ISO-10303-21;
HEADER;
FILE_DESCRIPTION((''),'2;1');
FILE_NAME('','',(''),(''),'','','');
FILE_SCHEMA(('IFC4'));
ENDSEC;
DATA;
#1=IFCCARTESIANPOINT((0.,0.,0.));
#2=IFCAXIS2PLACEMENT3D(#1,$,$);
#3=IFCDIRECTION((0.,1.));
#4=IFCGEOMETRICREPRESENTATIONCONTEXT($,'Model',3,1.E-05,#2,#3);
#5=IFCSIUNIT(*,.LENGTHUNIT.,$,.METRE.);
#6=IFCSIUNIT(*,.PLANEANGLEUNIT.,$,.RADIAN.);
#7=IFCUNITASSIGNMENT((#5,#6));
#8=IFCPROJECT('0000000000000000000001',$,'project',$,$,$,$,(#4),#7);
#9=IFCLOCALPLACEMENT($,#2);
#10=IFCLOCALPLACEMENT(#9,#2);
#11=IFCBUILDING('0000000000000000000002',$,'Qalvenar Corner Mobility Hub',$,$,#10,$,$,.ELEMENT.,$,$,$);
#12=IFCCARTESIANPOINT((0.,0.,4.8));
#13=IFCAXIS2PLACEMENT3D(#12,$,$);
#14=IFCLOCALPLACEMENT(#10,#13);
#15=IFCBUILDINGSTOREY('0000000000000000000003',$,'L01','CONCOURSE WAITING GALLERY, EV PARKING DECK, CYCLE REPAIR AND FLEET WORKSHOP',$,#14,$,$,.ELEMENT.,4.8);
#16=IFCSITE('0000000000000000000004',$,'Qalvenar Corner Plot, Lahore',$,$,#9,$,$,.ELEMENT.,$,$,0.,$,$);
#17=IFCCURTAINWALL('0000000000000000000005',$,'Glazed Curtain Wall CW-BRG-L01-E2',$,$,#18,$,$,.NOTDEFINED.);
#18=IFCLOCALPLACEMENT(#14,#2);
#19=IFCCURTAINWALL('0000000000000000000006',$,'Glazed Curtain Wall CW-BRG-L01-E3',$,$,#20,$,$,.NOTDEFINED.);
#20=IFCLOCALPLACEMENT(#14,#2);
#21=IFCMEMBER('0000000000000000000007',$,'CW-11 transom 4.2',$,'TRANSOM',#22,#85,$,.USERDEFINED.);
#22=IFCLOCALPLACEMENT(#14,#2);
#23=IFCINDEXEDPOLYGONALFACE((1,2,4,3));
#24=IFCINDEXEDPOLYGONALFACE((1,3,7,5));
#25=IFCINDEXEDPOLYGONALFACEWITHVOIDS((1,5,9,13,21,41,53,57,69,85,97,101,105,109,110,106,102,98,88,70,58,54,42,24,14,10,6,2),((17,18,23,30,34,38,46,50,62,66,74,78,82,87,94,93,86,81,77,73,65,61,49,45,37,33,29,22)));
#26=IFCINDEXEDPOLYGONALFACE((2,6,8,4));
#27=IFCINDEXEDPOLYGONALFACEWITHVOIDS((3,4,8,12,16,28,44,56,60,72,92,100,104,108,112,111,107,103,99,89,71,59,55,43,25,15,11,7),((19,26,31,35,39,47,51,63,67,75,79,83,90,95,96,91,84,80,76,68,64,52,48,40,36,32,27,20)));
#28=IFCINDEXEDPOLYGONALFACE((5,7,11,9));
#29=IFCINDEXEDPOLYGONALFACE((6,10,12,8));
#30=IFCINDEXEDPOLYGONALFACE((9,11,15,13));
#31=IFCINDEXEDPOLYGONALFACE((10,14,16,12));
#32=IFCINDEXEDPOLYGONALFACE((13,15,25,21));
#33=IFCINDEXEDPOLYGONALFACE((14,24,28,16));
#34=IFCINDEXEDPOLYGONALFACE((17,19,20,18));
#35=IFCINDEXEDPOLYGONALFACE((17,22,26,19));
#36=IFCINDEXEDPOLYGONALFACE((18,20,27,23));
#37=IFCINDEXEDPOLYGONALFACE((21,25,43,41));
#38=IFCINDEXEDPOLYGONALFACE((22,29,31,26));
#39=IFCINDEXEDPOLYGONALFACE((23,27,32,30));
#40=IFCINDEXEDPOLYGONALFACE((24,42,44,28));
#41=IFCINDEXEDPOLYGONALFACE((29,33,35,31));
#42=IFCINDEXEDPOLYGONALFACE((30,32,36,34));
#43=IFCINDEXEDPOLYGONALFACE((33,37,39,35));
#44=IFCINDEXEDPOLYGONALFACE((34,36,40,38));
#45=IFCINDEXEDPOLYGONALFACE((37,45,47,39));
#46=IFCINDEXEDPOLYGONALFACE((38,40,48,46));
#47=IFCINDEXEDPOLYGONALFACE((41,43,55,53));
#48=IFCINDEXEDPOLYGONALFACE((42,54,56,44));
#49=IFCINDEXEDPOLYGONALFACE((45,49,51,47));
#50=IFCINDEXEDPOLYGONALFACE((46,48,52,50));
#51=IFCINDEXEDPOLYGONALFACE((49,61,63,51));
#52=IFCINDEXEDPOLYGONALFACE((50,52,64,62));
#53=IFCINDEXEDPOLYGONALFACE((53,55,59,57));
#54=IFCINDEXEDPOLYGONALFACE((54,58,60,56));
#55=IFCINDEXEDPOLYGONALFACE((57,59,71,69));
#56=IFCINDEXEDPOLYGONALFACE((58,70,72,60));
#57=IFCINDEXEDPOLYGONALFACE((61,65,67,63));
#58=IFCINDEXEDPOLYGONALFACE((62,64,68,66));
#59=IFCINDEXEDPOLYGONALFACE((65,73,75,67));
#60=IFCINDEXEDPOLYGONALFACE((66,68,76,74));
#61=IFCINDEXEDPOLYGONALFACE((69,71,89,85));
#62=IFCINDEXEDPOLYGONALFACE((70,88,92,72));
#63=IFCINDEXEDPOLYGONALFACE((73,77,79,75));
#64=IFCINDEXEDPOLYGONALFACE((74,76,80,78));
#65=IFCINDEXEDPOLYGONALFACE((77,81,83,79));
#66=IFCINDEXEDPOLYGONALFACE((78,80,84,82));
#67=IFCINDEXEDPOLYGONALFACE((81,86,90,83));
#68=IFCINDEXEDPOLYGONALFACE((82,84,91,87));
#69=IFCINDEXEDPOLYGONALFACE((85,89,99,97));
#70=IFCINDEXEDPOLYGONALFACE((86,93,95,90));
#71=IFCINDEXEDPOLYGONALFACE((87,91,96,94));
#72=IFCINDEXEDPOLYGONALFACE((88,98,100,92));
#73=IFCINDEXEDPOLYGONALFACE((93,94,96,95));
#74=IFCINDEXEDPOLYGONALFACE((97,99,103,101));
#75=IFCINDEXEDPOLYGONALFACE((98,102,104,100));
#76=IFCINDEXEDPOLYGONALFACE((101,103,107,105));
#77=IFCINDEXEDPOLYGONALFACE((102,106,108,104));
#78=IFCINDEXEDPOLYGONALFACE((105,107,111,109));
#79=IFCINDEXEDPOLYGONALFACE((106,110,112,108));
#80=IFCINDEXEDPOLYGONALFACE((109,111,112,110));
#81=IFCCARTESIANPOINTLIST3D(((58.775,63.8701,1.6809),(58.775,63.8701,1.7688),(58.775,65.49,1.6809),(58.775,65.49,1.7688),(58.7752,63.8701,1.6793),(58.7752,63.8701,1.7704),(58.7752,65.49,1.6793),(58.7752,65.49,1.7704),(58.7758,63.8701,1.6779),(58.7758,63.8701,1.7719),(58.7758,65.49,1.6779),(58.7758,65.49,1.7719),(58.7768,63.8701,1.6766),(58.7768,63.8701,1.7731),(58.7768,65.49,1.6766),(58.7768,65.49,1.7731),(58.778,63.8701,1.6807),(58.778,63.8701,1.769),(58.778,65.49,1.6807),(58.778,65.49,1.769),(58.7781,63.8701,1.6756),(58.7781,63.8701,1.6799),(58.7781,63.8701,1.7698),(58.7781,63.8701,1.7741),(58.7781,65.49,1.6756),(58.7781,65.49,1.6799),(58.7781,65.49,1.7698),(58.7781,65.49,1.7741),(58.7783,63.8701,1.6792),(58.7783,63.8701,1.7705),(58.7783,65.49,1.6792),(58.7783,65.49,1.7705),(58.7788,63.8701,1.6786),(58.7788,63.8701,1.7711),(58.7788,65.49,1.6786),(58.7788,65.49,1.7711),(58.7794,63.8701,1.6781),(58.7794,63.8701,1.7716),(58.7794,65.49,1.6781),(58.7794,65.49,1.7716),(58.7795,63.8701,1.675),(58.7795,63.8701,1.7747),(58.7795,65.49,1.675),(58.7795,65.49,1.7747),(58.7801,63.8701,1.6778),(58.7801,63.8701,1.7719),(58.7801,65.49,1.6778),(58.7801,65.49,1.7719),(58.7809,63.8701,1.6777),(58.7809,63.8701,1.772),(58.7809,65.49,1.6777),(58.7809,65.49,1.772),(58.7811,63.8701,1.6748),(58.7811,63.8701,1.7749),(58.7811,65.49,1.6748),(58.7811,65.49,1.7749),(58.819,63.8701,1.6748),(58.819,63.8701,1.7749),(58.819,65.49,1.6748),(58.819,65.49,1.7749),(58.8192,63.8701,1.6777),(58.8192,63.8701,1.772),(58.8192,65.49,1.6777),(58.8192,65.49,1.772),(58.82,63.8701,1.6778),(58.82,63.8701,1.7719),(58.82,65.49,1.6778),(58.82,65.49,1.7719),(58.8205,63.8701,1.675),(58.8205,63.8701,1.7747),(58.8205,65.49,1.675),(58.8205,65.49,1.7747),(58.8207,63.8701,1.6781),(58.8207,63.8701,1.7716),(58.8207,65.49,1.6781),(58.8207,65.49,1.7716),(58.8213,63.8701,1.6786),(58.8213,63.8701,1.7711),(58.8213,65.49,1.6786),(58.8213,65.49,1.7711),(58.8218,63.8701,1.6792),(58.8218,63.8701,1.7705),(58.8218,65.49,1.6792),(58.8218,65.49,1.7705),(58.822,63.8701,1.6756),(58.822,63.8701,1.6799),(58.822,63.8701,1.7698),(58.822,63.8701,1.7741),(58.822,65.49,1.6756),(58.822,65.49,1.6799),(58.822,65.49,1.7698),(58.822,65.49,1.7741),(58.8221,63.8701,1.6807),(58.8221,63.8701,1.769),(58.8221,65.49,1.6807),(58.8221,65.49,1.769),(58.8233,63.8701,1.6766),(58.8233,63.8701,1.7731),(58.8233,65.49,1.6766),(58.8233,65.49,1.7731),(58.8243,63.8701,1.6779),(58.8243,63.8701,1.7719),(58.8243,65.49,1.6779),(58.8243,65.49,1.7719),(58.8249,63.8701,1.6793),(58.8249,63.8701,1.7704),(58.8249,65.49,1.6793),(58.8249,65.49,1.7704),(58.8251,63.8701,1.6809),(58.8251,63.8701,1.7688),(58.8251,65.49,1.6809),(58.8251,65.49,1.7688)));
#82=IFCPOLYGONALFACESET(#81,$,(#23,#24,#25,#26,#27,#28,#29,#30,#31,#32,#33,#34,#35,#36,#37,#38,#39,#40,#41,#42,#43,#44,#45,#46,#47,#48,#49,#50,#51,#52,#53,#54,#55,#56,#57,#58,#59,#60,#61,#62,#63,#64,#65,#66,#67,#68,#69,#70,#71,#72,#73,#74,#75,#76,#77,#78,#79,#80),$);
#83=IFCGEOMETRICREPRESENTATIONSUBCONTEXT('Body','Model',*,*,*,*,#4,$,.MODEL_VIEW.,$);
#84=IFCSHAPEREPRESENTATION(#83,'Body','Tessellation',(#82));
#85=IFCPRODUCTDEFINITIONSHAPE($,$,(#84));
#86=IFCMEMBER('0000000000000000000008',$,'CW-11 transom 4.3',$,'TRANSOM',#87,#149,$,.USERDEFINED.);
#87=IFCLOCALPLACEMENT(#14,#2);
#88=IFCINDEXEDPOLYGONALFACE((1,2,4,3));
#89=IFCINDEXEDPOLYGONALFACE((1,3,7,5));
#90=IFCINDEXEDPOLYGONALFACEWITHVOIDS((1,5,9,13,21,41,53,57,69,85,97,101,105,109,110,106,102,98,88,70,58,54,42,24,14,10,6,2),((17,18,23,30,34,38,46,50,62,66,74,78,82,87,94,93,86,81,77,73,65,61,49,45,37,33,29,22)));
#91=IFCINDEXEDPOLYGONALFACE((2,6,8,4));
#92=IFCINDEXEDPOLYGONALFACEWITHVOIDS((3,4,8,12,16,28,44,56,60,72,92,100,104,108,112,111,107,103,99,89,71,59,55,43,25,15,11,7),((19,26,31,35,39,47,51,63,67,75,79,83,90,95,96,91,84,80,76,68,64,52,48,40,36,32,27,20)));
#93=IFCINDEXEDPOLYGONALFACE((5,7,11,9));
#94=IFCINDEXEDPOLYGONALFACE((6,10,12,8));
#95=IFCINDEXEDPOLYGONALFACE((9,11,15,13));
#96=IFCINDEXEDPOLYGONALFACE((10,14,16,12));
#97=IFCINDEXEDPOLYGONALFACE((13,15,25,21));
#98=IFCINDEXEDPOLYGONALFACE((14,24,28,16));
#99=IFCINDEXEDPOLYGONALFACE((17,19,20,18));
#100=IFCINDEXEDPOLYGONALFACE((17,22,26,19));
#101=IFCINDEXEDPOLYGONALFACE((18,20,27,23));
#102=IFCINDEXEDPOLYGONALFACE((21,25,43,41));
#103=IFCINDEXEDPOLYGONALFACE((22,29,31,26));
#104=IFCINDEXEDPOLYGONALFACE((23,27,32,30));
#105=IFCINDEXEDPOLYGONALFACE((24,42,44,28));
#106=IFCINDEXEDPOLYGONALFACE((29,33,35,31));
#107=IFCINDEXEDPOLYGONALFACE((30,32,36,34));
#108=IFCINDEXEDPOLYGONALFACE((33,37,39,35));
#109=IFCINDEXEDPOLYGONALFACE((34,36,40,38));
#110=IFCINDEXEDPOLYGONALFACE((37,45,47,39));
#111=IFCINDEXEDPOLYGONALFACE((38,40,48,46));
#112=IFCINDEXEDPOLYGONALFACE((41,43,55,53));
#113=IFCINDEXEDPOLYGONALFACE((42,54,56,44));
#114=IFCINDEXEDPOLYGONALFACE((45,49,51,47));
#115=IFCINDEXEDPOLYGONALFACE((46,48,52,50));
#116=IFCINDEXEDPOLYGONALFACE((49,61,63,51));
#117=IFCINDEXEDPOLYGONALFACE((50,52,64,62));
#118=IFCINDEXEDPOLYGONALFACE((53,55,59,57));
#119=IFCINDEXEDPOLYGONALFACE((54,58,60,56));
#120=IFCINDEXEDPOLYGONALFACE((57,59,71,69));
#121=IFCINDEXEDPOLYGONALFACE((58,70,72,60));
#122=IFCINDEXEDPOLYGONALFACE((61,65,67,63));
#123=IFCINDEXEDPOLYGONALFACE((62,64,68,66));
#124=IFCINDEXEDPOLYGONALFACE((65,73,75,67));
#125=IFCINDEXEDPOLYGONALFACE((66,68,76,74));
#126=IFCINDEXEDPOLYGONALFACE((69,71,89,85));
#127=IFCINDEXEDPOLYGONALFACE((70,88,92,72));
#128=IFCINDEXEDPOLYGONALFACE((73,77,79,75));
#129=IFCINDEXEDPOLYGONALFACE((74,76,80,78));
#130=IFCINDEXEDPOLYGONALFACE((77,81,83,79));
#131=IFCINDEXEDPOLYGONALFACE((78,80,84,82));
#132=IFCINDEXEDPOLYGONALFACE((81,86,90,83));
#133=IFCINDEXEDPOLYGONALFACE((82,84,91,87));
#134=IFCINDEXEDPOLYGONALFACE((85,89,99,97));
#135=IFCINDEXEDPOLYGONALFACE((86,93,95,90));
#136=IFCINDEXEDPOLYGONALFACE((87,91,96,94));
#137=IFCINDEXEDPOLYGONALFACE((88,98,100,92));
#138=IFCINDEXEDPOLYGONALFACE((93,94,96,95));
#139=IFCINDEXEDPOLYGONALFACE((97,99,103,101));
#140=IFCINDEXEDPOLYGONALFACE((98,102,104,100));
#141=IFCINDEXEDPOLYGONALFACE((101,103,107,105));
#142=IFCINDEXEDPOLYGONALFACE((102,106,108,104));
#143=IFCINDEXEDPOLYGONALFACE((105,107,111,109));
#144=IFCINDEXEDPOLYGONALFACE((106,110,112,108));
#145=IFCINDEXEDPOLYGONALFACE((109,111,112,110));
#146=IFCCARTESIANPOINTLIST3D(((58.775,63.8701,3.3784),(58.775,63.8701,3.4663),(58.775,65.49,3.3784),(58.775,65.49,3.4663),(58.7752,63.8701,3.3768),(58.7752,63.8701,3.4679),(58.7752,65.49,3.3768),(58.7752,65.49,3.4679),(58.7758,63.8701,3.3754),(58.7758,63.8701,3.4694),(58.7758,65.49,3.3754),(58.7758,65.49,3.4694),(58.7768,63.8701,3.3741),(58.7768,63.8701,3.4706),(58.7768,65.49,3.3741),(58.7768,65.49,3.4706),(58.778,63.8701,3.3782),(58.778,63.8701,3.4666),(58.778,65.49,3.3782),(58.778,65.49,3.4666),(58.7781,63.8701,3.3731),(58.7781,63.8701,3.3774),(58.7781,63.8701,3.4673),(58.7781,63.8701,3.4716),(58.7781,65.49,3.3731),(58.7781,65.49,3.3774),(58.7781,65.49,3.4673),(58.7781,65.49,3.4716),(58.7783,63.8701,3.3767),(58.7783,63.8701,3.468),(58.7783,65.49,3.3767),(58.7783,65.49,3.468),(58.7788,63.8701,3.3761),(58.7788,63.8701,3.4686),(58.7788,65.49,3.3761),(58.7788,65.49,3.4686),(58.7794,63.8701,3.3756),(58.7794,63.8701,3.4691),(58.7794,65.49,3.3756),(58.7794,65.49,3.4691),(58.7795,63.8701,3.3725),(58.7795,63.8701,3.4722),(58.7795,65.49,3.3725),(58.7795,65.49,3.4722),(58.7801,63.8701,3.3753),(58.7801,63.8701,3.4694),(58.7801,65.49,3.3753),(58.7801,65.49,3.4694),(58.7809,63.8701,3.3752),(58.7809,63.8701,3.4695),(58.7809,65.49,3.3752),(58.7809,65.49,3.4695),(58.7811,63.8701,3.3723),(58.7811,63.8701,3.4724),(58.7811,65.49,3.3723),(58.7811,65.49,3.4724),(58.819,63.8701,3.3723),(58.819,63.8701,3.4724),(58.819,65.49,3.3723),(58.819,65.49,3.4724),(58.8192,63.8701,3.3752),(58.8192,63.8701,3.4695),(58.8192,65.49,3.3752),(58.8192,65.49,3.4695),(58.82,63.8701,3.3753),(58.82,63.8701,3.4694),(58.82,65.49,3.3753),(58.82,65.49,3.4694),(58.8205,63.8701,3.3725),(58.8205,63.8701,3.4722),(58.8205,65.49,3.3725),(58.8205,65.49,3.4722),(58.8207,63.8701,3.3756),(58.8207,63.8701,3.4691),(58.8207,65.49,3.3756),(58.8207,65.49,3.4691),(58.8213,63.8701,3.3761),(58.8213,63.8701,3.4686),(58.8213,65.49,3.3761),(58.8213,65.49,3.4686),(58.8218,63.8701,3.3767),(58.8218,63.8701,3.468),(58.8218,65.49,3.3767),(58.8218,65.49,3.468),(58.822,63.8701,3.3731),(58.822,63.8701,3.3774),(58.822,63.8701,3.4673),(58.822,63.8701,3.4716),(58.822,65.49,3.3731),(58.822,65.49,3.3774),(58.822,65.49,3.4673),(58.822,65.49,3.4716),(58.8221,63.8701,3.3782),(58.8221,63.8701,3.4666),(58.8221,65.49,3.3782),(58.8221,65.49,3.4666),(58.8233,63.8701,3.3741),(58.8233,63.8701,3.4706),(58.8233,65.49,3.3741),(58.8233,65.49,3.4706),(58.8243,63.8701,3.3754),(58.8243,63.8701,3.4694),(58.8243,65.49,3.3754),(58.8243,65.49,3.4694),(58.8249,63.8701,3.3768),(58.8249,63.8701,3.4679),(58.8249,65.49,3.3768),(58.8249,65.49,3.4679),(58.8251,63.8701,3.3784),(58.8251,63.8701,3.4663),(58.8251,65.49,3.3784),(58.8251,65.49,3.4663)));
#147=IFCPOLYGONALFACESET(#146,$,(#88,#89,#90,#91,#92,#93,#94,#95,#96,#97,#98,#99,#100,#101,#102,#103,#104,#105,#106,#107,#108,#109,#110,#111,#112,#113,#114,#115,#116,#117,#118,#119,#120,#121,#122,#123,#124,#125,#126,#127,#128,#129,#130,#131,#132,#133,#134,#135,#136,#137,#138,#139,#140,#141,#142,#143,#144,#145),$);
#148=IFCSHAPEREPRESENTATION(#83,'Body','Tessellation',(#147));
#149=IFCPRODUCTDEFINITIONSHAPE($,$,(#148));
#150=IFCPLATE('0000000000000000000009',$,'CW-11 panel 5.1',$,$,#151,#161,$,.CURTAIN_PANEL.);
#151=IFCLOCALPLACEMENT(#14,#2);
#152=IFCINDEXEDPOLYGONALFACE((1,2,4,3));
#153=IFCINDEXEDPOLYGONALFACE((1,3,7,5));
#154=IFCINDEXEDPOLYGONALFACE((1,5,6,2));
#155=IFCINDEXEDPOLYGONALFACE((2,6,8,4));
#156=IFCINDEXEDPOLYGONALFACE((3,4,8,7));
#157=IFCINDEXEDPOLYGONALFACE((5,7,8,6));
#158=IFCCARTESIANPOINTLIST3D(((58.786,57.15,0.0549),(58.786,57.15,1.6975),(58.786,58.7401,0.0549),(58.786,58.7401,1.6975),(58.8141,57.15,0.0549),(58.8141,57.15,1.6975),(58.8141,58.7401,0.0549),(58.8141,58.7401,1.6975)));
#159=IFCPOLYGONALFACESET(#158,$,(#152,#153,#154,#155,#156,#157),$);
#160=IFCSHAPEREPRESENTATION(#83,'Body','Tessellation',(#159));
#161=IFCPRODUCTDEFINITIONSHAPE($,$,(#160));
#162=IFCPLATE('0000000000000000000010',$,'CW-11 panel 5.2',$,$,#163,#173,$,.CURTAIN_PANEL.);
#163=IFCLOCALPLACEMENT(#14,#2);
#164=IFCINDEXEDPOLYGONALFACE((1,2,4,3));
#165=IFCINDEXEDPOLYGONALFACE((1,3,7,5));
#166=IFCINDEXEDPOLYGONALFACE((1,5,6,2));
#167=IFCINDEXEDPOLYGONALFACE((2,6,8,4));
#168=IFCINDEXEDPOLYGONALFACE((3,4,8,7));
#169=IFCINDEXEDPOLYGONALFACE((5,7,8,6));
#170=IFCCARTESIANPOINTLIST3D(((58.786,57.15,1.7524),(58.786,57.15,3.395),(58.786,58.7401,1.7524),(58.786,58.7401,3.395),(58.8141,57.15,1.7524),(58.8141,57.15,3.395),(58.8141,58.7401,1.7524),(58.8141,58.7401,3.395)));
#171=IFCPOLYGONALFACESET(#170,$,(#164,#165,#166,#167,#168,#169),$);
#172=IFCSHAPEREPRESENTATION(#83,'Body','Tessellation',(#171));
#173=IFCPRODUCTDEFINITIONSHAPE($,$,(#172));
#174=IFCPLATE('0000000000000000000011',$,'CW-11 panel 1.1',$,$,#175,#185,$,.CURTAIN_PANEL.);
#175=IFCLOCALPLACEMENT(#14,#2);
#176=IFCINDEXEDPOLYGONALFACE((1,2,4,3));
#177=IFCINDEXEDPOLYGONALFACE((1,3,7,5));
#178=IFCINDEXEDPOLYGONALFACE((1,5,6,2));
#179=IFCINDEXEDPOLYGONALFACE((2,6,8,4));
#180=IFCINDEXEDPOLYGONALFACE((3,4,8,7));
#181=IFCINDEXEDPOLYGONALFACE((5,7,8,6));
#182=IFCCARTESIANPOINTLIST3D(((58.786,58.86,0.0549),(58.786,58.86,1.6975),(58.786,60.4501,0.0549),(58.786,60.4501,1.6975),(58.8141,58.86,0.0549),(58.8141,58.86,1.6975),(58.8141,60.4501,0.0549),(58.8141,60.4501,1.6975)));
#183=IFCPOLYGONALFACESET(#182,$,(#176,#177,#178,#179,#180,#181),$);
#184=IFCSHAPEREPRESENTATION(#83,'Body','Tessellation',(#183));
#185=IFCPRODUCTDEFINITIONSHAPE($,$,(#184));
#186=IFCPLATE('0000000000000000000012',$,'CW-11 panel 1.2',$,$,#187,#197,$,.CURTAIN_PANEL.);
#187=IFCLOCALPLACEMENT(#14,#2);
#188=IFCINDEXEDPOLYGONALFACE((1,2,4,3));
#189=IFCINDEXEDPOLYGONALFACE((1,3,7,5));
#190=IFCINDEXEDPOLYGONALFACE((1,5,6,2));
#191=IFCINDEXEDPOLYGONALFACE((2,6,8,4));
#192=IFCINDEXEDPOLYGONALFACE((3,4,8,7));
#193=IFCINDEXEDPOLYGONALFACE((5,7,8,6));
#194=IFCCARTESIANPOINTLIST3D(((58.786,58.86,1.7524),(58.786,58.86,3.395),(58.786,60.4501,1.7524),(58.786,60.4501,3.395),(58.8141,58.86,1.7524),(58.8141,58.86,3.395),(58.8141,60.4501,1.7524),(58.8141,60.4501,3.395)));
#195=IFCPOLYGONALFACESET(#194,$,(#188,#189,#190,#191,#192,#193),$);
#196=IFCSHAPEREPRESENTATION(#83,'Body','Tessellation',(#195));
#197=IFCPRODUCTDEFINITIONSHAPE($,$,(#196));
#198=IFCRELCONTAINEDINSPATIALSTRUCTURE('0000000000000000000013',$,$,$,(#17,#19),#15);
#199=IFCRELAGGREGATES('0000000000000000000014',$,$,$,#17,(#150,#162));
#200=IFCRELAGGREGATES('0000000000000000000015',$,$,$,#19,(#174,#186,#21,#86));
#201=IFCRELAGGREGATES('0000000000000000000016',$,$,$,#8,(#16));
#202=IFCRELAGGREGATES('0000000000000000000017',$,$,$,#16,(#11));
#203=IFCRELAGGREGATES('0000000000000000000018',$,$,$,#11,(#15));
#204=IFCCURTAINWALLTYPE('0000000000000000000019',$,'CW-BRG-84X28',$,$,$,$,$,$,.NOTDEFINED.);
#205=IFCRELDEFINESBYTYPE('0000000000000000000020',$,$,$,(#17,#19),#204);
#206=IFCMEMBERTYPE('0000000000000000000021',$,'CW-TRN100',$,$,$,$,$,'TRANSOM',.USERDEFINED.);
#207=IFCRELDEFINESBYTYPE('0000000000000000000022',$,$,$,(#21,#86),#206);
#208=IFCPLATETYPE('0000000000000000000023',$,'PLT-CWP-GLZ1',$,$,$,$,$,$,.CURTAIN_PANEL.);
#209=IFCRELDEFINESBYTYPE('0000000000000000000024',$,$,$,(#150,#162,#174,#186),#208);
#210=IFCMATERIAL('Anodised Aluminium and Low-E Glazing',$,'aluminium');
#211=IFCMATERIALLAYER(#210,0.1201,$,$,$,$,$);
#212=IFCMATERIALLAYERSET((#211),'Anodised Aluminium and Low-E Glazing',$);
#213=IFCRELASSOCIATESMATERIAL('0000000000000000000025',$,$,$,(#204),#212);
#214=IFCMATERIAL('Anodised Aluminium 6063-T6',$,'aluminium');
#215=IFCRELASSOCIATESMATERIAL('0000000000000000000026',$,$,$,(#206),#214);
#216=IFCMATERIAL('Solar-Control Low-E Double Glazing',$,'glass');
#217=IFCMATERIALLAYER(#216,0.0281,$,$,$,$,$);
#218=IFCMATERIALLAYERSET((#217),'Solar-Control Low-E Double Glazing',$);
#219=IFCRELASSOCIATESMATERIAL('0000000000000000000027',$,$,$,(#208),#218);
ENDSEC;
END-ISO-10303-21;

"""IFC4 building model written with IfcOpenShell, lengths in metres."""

from ifc_helpers import new_model, si_unit, direction, frame, origin, origin_2d, place, context, subcontext, project, spatial, rectangle, hollow_rectangle, extrude, material, layer, layer_set, material_profile, profile_set, type_object, element, aggregate, save


model = new_model("IFC4")

# Units and contexts
model_context = context("Model", 3, precision=1e-05, world=origin(), true_north=direction((0.0, 1.0)))
body_context = subcontext(model_context, "Body", "Model", "MODEL_VIEW")
ifc_project = project(units=[si_unit("LENGTHUNIT", "METRE"), si_unit("PLANEANGLEUNIT", "RADIAN")], contexts=[model_context])

# Site, building, storey
site_placement = place(None, origin())
site = spatial("IfcSite", under=ifc_project, at=site_placement, Name="Qalvenar Corner Plot, Lahore", CompositionType="ELEMENT", RefElevation=0.0)
building_placement = place(site_placement, origin())
building = spatial("IfcBuilding", under=site, at=building_placement, Name="Qalvenar Corner Mobility Hub", CompositionType="ELEMENT")
storey_placement = place(building_placement, frame((0.0, 0.0, 4.8)))
storey = spatial("IfcBuildingStorey", under=building, at=storey_placement, Name="L01", Description="CONCOURSE WAITING GALLERY, EV PARKING DECK, CYCLE REPAIR AND FLEET WORKSHOP", CompositionType="ELEMENT", Elevation=4.8)

# Curtain wall
ifc_material_1 = material(Name="Anodised Aluminium and Low-E Glazing", Category="aluminium")
ifc_layer_1 = layer(ifc_material_1, 0.1201)
ifc_layer_set_1 = layer_set([ifc_layer_1], Name="Anodised Aluminium and Low-E Glazing")
curtain_wall_type = type_object("IfcCurtainWallType", Name="CW-BRG-84X28", PredefinedType="NOTDEFINED", material=ifc_layer_set_1)
curtain_wall_1_placement = place(storey_placement, origin())
curtain_wall_1 = element("IfcCurtainWall", 1, at=curtain_wall_1_placement, inside=storey, type_object=curtain_wall_type, Name="Glazed Curtain Wall CW-BRG-L01-E2", PredefinedType="NOTDEFINED")
ifc_material_2 = material(Name="Anodised Aluminium 6063-T6", Category="aluminium")

# Curtain wall, members
curtain_wall_2_placement = place(storey_placement, origin())
curtain_wall_2 = element("IfcCurtainWall", 2, at=curtain_wall_2_placement, inside=storey, type_object=curtain_wall_type, Name="Glazed Curtain Wall CW-BRG-L01-E3", PredefinedType="NOTDEFINED")
ifc_material_profile_1 = material_profile(ifc_material_2, hollow_rectangle(XDim=0.05, YDim=0.1001, WallThickness=0.0029, InnerFilletRadius=0.0029, OuterFilletRadius=0.0061, at=origin_2d()), Name="RHS100x50x3")
ifc_profile_set_1 = profile_set([ifc_material_profile_1], Name="Anodised Aluminium 6063-T6")
member_type_1 = type_object("IfcMemberType", Name="CW-TRN100", ElementType="TRANSOM", PredefinedType="USERDEFINED", material=ifc_profile_set_1)
member_1_placement = place(storey_placement, frame((58.8, 63.8701, 1.7249), z_axis=(0.0, 1.0, 0.0), x_axis=(-1.0, 0.0, 0.0)))
member_1 = element("IfcMember", 3, at=member_1_placement, type_object=member_type_1, Name="CW-11 transom 4.2", ObjectType="TRANSOM", PredefinedType="USERDEFINED", context=body_context, shape_type="SweptSolid", body=[
    extrude(hollow_rectangle(XDim=0.05, YDim=0.1001, WallThickness=0.0029, InnerFilletRadius=0.0029, OuterFilletRadius=0.0061, at=origin_2d()), origin(), (0.0, 0.0, 1.0), 1.6199),
])
member_2_placement = place(storey_placement, frame((58.8, 63.8701, 3.4224), z_axis=(0.0, 1.0, 0.0), x_axis=(-1.0, 0.0, 0.0)))
member_2 = element("IfcMember", 4, at=member_2_placement, type_object=member_type_1, Name="CW-11 transom 4.3", ObjectType="TRANSOM", PredefinedType="USERDEFINED", context=body_context, shape_type="SweptSolid", body=[
    extrude(hollow_rectangle(XDim=0.05, YDim=0.1001, WallThickness=0.0029, InnerFilletRadius=0.0029, OuterFilletRadius=0.0061, at=origin_2d()), origin(), (0.0, 0.0, 1.0), 1.6199),
])

# Plates
ifc_material_3 = material(Name="Solar-Control Low-E Double Glazing", Category="glass")
ifc_layer_2 = layer(ifc_material_3, 0.0281)
ifc_layer_set_2 = layer_set([ifc_layer_2], Name="Solar-Control Low-E Double Glazing")
plate_type = type_object("IfcPlateType", Name="PLT-CWP-GLZ1", PredefinedType="CURTAIN_PANEL", material=ifc_layer_set_2)
plate_1_placement = place(storey_placement, frame((58.8, 57.9451, 0.0549), z_axis=(0.0, 0.0, 1.0), x_axis=(0.0, 1.0, 0.0)))
plate_1 = element("IfcPlate", 5, at=plate_1_placement, type_object=plate_type, Name="CW-11 panel 5.1", PredefinedType="CURTAIN_PANEL", context=body_context, shape_type="SweptSolid", body=[
    extrude(rectangle(XDim=1.5901, YDim=0.0281, at=origin_2d()), origin(), (0.0, 0.0, 1.0), 1.6426),
])
plate_2_placement = place(storey_placement, frame((58.8, 57.9451, 1.7524), z_axis=(0.0, 0.0, 1.0), x_axis=(0.0, 1.0, 0.0)))
plate_2 = element("IfcPlate", 6, at=plate_2_placement, type_object=plate_type, Name="CW-11 panel 5.2", PredefinedType="CURTAIN_PANEL", context=body_context, shape_type="SweptSolid", body=[
    extrude(rectangle(XDim=1.5901, YDim=0.0281, at=origin_2d()), origin(), (0.0, 0.0, 1.0), 1.6426),
])
aggregate(curtain_wall_1, [plate_1, plate_2])
plate_3_placement = place(storey_placement, frame((58.8, 59.655, 0.0549), z_axis=(0.0, 0.0, 1.0), x_axis=(0.0, 1.0, 0.0)))
plate_3 = element("IfcPlate", 7, at=plate_3_placement, type_object=plate_type, Name="CW-11 panel 1.1", PredefinedType="CURTAIN_PANEL", context=body_context, shape_type="SweptSolid", body=[
    extrude(rectangle(XDim=1.5901, YDim=0.0281, at=origin_2d()), origin(), (0.0, 0.0, 1.0), 1.6426),
])
plate_4_placement = place(storey_placement, frame((58.8, 59.655, 1.7524), z_axis=(0.0, 0.0, 1.0), x_axis=(0.0, 1.0, 0.0)))
plate_4 = element("IfcPlate", 8, at=plate_4_placement, type_object=plate_type, Name="CW-11 panel 1.2", PredefinedType="CURTAIN_PANEL", context=body_context, shape_type="SweptSolid", body=[
    extrude(rectangle(XDim=1.5901, YDim=0.0281, at=origin_2d()), origin(), (0.0, 0.0, 1.0), 1.6426),
])
aggregate(curtain_wall_2, [plate_3, plate_4, member_1, member_2])

save(model, "model.ifc")
